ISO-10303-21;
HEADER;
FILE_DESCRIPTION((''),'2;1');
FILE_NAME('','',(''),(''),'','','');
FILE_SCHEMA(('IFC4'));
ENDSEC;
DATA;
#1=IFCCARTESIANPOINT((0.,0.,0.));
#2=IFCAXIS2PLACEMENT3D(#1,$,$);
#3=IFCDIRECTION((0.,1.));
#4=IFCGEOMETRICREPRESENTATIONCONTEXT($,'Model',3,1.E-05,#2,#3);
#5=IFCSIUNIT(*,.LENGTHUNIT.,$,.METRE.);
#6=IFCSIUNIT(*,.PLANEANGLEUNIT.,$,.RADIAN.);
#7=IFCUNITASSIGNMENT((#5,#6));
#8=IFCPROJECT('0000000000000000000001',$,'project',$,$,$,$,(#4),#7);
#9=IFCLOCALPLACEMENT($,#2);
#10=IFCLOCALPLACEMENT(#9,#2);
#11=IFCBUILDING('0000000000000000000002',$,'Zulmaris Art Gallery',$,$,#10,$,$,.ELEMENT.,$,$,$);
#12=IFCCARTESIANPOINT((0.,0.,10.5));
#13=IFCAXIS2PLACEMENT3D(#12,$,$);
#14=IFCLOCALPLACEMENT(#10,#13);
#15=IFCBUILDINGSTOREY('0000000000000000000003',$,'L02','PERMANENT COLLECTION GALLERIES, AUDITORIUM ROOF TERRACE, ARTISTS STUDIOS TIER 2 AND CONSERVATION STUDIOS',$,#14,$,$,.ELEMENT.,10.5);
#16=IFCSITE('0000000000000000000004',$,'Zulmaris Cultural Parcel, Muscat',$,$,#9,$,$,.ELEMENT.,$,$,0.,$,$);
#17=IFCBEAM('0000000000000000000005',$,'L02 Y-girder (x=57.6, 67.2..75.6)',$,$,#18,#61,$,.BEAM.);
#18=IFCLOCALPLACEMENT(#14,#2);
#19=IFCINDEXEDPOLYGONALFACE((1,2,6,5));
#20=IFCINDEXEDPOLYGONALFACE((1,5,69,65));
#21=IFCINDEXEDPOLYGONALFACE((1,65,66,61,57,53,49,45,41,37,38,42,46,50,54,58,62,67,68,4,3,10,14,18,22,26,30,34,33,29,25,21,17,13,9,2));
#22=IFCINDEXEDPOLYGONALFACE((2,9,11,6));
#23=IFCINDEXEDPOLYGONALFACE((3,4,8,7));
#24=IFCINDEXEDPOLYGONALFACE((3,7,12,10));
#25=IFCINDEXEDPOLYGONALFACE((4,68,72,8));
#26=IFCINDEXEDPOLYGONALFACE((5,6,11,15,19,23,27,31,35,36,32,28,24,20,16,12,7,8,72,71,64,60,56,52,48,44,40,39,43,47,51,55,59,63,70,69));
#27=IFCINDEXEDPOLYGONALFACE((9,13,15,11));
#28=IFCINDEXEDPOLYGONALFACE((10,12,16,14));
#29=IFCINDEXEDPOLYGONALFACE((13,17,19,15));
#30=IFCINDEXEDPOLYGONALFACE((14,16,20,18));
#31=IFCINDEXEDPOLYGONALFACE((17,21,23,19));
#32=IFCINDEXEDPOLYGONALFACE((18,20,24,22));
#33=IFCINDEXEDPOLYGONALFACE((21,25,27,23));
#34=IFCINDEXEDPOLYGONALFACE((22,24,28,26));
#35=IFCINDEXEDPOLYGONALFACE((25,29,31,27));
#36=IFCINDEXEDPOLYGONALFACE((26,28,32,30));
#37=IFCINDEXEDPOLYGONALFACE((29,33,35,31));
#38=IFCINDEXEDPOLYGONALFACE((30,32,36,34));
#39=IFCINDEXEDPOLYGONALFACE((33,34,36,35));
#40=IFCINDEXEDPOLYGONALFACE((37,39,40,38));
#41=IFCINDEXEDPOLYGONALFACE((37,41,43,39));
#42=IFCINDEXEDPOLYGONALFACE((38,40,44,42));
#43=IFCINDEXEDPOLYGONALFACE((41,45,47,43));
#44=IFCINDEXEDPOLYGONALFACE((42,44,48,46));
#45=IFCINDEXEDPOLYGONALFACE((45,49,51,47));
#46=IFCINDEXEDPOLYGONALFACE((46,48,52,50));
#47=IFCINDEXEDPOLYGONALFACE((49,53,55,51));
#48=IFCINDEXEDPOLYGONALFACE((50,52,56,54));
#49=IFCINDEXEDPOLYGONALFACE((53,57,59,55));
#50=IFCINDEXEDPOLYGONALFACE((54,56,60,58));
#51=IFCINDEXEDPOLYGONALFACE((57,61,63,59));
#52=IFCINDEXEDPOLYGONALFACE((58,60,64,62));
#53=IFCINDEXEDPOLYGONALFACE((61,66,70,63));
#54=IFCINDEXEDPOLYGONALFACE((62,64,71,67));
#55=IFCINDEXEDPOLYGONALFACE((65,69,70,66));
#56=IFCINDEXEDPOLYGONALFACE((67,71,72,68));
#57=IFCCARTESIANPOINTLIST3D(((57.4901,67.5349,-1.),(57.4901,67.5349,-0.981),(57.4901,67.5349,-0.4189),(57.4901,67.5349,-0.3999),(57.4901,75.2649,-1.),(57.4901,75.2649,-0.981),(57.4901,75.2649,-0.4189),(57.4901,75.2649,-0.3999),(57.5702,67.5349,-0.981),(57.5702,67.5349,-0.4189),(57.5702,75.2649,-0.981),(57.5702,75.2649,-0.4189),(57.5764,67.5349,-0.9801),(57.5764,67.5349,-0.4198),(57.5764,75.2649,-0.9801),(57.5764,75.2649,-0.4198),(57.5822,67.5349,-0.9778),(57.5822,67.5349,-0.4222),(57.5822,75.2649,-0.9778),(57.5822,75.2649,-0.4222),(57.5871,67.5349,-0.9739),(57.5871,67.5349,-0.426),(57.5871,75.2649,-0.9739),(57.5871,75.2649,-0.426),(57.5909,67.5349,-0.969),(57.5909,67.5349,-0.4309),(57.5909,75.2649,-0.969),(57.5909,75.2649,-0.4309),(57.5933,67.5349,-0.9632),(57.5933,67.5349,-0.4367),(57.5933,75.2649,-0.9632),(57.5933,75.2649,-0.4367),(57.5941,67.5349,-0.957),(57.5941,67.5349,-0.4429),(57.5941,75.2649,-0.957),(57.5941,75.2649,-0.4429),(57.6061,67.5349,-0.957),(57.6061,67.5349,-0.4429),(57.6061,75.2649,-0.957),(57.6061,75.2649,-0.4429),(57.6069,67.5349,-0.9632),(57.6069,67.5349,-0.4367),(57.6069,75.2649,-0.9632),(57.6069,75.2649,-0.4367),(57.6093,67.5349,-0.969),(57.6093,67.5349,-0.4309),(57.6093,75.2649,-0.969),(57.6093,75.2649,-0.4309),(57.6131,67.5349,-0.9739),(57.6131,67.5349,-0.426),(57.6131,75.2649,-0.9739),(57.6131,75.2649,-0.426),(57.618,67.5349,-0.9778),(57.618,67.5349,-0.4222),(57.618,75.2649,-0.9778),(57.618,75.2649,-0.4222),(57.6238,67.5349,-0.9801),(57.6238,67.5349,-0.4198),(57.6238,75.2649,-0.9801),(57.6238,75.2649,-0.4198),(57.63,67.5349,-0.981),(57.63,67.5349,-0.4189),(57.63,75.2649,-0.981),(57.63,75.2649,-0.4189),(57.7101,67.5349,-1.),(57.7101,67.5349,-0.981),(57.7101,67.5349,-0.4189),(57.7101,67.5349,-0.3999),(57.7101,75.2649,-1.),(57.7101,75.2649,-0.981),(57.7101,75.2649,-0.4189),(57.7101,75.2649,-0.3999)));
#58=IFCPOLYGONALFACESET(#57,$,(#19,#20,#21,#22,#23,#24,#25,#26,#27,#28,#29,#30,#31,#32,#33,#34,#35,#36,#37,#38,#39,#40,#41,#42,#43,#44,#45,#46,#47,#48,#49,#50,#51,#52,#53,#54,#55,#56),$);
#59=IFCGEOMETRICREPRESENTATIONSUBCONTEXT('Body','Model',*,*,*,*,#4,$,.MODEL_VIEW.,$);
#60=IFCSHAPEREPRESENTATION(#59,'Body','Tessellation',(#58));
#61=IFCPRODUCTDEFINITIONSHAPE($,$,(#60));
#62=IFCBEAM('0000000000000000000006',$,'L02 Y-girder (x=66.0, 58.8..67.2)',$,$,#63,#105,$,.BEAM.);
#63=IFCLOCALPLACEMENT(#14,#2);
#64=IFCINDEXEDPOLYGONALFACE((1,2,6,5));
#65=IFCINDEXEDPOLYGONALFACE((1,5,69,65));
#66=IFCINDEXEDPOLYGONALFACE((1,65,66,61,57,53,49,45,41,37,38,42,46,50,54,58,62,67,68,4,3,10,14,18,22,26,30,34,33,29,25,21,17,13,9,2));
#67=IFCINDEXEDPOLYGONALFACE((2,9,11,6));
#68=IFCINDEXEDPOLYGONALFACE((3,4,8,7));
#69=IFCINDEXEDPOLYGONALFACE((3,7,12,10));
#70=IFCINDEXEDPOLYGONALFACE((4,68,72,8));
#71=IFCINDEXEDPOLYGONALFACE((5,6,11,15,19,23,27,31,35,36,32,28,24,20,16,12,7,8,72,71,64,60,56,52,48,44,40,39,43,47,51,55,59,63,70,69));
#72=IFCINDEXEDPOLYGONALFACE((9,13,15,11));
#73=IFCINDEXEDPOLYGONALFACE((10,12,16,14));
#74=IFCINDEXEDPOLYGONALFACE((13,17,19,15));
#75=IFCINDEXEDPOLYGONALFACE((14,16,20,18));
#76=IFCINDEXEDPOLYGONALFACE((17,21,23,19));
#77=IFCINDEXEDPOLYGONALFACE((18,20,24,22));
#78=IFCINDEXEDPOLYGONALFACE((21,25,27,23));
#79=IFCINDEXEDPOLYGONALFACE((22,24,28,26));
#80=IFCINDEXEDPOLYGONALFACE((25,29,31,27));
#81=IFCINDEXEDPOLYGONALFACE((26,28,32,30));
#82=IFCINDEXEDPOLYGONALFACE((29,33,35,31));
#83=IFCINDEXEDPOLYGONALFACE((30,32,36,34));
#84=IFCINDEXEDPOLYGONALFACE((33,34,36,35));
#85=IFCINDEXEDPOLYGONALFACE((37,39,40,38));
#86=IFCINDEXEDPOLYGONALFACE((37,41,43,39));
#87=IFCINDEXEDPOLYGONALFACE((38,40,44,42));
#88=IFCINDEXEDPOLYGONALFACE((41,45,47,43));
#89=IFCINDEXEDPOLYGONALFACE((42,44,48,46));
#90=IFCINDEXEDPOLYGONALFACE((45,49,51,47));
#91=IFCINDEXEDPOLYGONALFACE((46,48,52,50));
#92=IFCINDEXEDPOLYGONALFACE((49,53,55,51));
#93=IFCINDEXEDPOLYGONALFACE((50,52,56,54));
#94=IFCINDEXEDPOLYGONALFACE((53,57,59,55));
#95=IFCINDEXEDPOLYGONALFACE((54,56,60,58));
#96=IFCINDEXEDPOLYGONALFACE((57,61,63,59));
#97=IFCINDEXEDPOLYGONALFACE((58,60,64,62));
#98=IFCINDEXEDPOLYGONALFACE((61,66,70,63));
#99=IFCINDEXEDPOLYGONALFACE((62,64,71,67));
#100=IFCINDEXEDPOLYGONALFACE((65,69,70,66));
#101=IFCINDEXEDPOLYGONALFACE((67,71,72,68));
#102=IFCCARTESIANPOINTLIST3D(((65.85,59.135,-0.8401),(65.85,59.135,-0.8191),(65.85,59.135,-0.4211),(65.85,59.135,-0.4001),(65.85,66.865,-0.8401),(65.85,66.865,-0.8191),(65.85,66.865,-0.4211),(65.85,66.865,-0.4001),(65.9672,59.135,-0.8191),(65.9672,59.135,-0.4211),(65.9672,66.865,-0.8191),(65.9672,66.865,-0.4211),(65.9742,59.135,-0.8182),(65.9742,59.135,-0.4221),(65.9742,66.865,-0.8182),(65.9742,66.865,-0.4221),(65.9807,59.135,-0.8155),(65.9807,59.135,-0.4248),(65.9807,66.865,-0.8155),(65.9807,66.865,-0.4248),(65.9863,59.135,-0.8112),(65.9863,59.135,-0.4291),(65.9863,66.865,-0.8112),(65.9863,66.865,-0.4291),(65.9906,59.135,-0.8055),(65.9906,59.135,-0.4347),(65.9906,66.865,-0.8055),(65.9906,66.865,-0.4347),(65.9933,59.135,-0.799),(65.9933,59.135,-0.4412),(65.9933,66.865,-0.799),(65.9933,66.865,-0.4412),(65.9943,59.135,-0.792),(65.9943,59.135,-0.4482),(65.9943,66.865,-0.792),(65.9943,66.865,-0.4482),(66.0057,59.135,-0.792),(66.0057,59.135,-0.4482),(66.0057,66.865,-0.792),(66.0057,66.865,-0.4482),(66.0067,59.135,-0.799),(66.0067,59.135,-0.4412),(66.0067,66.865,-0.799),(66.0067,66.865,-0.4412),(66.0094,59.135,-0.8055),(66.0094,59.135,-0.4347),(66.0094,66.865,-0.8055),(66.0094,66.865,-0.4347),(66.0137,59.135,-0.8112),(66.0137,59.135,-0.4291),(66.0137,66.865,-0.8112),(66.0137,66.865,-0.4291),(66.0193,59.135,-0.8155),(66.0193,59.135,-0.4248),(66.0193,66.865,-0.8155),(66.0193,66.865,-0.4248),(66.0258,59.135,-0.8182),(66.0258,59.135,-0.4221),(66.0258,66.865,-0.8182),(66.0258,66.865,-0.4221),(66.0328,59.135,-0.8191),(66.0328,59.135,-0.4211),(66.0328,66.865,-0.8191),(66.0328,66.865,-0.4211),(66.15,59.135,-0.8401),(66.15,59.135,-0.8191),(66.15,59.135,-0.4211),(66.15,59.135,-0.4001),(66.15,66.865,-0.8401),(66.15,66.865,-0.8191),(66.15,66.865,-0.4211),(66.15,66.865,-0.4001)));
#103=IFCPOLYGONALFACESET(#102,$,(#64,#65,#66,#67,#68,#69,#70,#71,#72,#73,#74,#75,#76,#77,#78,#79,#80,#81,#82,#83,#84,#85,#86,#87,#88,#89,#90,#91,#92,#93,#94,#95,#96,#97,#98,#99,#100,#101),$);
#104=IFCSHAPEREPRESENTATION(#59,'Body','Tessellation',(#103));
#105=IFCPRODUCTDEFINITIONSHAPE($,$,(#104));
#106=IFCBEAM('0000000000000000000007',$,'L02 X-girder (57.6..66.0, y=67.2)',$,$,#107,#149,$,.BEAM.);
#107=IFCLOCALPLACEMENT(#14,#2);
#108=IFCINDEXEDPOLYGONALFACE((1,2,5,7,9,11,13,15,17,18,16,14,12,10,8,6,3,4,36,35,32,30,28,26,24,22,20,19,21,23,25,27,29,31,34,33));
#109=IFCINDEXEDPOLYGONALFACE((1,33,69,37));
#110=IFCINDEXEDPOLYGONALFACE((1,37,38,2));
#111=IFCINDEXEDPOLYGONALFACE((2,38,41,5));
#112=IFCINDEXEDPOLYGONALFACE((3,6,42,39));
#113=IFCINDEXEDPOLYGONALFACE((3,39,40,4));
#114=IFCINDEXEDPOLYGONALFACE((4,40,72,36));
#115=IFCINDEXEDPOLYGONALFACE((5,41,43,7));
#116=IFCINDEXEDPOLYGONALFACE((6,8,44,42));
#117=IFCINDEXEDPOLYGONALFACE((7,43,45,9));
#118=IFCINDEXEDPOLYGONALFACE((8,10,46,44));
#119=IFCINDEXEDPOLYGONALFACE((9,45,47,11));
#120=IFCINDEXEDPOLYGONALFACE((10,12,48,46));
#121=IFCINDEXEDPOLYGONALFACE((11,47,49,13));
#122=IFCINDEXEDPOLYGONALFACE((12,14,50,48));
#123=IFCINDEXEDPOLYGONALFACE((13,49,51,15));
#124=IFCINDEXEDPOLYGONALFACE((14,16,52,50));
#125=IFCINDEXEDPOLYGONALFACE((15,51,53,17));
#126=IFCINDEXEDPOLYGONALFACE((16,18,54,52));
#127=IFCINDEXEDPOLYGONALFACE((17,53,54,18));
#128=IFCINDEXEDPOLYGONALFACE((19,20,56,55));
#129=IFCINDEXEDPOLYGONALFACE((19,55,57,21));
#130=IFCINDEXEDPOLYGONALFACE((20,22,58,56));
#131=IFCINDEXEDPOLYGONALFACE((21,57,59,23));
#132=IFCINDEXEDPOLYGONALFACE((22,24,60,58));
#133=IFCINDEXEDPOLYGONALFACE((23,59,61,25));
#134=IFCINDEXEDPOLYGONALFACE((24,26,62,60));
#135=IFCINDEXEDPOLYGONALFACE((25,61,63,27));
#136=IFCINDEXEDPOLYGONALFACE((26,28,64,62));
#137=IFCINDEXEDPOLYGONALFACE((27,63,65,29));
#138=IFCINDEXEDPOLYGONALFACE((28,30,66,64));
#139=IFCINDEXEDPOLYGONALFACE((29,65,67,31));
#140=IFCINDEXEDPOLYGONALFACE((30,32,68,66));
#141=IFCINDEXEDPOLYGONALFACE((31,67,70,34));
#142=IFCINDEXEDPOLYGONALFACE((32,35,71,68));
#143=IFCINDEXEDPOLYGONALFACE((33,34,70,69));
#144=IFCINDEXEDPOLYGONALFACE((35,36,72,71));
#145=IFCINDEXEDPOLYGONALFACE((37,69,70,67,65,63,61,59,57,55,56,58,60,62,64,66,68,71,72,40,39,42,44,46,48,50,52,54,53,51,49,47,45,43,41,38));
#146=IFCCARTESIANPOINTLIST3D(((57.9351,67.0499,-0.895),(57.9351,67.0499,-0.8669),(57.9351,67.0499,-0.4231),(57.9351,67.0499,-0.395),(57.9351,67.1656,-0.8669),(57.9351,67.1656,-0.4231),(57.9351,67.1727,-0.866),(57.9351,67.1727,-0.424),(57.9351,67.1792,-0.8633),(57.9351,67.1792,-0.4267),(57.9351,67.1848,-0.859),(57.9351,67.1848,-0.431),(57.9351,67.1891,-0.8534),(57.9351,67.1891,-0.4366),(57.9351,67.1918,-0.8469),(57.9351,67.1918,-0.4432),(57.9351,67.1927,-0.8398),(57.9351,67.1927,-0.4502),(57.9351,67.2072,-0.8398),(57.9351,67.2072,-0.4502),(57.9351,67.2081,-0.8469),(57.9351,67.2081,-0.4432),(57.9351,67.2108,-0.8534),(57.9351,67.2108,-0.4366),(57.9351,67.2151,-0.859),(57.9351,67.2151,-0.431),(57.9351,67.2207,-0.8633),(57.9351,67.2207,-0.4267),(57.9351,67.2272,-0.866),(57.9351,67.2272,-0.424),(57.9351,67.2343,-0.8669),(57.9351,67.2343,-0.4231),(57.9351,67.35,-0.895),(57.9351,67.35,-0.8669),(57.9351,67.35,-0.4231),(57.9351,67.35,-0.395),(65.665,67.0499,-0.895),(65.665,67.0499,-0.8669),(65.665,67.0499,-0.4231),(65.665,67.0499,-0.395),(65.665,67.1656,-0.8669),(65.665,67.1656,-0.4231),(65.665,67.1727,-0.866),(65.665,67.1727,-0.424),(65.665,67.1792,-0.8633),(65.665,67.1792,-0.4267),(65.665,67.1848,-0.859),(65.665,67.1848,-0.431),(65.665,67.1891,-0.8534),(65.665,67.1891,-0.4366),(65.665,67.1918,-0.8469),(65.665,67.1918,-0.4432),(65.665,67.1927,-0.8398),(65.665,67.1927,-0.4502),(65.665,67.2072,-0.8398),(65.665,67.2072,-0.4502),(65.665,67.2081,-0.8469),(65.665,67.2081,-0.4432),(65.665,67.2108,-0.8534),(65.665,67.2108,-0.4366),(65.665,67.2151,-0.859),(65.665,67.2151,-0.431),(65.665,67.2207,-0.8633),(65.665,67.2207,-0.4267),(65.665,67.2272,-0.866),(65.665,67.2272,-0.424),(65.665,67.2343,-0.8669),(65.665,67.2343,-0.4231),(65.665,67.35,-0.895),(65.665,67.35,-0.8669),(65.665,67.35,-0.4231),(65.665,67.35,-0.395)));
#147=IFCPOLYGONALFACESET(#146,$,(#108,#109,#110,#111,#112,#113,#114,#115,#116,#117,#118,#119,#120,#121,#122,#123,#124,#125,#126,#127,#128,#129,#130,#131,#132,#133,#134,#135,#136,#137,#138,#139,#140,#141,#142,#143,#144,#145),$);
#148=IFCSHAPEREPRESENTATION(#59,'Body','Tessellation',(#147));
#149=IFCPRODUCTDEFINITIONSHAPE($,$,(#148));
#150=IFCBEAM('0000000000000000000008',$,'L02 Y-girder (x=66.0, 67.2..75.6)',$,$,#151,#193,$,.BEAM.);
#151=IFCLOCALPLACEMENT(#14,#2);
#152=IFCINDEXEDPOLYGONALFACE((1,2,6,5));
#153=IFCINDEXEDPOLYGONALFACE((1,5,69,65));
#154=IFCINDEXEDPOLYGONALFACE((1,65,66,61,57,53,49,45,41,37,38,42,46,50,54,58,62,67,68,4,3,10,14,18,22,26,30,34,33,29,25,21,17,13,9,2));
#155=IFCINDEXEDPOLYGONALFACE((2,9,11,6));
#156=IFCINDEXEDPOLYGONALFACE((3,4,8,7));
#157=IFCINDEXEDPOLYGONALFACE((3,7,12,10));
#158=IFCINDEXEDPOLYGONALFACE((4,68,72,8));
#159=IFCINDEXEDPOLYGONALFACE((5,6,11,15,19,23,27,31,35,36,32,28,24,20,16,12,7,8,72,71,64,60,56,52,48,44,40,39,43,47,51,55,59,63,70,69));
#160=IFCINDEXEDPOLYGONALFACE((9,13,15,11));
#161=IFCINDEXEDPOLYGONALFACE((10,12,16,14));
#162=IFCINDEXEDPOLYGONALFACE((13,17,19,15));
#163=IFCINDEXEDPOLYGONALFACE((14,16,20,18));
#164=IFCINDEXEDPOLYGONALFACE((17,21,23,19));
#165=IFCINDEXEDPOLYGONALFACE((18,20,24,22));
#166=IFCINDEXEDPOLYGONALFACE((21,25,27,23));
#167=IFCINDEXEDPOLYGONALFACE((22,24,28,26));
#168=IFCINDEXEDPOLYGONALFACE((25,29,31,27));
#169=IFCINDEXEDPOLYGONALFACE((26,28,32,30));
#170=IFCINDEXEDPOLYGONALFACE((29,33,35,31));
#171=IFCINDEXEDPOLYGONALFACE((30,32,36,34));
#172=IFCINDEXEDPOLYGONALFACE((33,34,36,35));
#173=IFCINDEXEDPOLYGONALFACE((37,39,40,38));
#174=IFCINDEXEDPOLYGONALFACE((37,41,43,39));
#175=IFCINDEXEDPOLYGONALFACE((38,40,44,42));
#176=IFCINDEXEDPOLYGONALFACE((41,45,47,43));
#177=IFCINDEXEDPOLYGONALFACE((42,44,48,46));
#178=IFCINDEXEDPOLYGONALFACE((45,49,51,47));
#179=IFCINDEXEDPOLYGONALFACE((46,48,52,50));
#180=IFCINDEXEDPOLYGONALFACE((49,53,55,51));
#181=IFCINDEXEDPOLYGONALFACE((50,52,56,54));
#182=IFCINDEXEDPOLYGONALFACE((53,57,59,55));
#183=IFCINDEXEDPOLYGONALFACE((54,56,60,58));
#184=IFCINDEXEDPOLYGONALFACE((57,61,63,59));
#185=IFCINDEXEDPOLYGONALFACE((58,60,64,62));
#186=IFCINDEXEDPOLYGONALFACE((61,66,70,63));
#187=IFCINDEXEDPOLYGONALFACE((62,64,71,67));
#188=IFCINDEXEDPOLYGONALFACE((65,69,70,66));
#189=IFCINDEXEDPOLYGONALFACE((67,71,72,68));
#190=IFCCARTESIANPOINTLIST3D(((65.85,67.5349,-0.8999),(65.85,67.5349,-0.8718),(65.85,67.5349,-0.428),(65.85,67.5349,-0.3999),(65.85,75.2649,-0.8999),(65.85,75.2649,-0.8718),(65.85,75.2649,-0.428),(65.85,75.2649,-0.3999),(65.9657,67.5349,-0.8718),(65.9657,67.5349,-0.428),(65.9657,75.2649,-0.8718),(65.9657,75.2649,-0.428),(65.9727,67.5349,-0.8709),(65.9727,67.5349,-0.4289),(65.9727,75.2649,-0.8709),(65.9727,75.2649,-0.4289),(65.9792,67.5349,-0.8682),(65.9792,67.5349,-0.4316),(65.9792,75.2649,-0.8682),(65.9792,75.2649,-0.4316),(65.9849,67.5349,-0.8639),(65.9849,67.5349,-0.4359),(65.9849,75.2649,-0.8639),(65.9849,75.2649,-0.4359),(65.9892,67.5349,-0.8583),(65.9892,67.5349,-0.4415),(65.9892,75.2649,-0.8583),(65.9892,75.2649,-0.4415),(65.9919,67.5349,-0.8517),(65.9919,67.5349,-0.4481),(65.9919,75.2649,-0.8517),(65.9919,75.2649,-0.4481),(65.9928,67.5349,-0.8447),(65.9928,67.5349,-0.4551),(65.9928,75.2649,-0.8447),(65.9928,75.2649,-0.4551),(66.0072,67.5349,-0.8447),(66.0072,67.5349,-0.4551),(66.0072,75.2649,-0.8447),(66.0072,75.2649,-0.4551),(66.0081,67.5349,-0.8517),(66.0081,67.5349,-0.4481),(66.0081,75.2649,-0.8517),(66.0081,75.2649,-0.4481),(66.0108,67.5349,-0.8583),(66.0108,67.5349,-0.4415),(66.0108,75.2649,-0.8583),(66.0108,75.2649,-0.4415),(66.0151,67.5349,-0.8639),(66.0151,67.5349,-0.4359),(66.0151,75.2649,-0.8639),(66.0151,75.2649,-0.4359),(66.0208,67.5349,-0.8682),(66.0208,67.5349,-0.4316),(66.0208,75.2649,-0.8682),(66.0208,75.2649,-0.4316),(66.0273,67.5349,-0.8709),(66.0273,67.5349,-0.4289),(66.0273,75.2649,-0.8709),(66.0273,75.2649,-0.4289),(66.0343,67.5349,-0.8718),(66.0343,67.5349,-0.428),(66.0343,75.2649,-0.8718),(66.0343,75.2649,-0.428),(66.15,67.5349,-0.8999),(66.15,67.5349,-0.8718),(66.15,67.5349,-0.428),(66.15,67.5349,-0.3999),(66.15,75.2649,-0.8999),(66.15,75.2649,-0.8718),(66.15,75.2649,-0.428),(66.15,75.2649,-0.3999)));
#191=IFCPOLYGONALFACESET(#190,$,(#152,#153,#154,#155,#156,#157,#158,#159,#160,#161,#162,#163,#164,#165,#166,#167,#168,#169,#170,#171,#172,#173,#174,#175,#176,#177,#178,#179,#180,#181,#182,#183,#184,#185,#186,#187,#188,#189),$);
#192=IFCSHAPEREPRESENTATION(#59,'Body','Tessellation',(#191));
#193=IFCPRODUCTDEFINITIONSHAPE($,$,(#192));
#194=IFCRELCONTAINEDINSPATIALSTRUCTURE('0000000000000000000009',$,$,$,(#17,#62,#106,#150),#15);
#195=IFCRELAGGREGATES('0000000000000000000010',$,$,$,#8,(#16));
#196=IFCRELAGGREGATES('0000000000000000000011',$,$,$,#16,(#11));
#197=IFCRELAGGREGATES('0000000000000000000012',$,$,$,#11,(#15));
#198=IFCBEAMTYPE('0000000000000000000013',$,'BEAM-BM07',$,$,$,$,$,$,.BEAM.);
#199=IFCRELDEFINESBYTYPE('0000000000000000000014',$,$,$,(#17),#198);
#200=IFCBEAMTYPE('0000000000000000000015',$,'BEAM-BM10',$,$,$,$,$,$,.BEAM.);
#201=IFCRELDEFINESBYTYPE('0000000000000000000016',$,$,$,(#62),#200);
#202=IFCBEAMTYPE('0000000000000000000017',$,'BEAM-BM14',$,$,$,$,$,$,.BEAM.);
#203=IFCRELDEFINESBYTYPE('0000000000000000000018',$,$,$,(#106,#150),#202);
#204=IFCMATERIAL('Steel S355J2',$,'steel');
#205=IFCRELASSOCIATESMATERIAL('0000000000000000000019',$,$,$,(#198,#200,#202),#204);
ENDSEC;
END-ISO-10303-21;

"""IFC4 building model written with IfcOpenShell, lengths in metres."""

from ifc_helpers import new_model, si_unit, direction, frame, origin, origin_2d, place, context, subcontext, project, spatial, i_section, extrude, material, material_profile, profile_set, type_object, element, save


model = new_model("IFC4")

# Units and contexts
model_context = context("Model", 3, precision=1e-05, world=origin(), true_north=direction((0.0, 1.0)))
body_context = subcontext(model_context, "Body", "Model", "MODEL_VIEW")
ifc_project = project(units=[si_unit("LENGTHUNIT", "METRE"), si_unit("PLANEANGLEUNIT", "RADIAN")], contexts=[model_context])

# Site, building, storey
site_placement = place(None, origin())
site = spatial("IfcSite", under=ifc_project, at=site_placement, Name="Zulmaris Cultural Parcel, Muscat", CompositionType="ELEMENT", RefElevation=0.0)
building_placement = place(site_placement, origin())
building = spatial("IfcBuilding", under=site, at=building_placement, Name="Zulmaris Art Gallery", CompositionType="ELEMENT")
storey_placement = place(building_placement, frame((0.0, 0.0, 10.5)))
storey = spatial("IfcBuildingStorey", under=building, at=storey_placement, Name="L02", Description="PERMANENT COLLECTION GALLERIES, AUDITORIUM ROOF TERRACE, ARTISTS STUDIOS TIER 2 AND CONSERVATION STUDIOS", CompositionType="ELEMENT", Elevation=10.5)

# Beams
ifc_material_1 = material(Name="Steel S355J2", Category="steel")
ifc_material_profile_1 = material_profile(ifc_material_1, i_section(OverallWidth=0.22, OverallDepth=0.6001, WebThickness=0.012, FlangeThickness=0.019, FilletRadius=0.0239, at=origin_2d()), Name="IPE 600")
ifc_profile_set_1 = profile_set([ifc_material_profile_1], Name="Steel S355J2")
beam_type_1 = type_object("IfcBeamType", Name="BEAM-BM07", PredefinedType="BEAM", material=ifc_profile_set_1)
beam_1_placement = place(storey_placement, frame((57.6001, 67.5349, -0.7), z_axis=(0.0, 1.0, 0.0), x_axis=(-1.0, 0.0, 0.0)))
element("IfcBeam", 1, at=beam_1_placement, inside=storey, type_object=beam_type_1, Name="L02 Y-girder (x=57.6, 67.2..75.6)", PredefinedType="BEAM", context=body_context, shape_type="SweptSolid", body=[
    extrude(i_section(OverallWidth=0.22, OverallDepth=0.6001, WebThickness=0.012, FlangeThickness=0.019, FilletRadius=0.0239, at=origin_2d()), origin(), (0.0, 0.0, 1.0), 7.73),
])
ifc_material_profile_2 = material_profile(ifc_material_1, i_section(OverallWidth=0.3, OverallDepth=0.4399, WebThickness=0.0115, FlangeThickness=0.021, FilletRadius=0.0271, at=origin_2d()), Name="HEA 450")
ifc_profile_set_2 = profile_set([ifc_material_profile_2], Name="Steel S355J2")
beam_type_2 = type_object("IfcBeamType", Name="BEAM-BM10", PredefinedType="BEAM", material=ifc_profile_set_2)
beam_2_placement = place(storey_placement, frame((66.0, 59.135, -0.6201), z_axis=(0.0, 1.0, 0.0), x_axis=(-1.0, 0.0, 0.0)))
element("IfcBeam", 2, at=beam_2_placement, inside=storey, type_object=beam_type_2, Name="L02 Y-girder (x=66.0, 58.8..67.2)", PredefinedType="BEAM", context=body_context, shape_type="SweptSolid", body=[
    extrude(i_section(OverallWidth=0.3, OverallDepth=0.4399, WebThickness=0.0115, FlangeThickness=0.021, FilletRadius=0.0271, at=origin_2d()), origin(), (0.0, 0.0, 1.0), 7.73),
])
ifc_material_profile_3 = material_profile(ifc_material_1, i_section(OverallWidth=0.3, OverallDepth=0.5, WebThickness=0.0144, FlangeThickness=0.0281, FilletRadius=0.0271, at=origin_2d()), Name="HEB 500")
ifc_profile_set_3 = profile_set([ifc_material_profile_3], Name="Steel S355J2")
beam_type_3 = type_object("IfcBeamType", Name="BEAM-BM14", PredefinedType="BEAM", material=ifc_profile_set_3)
for number, where, z_axis, x_axis, name in (
    (3, (57.9351, 67.2, -0.645), (1.0, 0.0, 0.0), (0.0, 1.0, 0.0), "L02 X-girder (57.6..66.0, y=67.2)"),
    (4, (66.0, 67.5349, -0.6499), (0.0, 1.0, 0.0), (-1.0, 0.0, 0.0), "L02 Y-girder (x=66.0, 67.2..75.6)"),
):
    element("IfcBeam", number, at=place(storey_placement, frame(where, z_axis=z_axis, x_axis=x_axis)), inside=storey, type_object=beam_type_3, Name=name, PredefinedType="BEAM", context=body_context, shape_type="SweptSolid", body=[
        extrude(i_section(OverallWidth=0.3, OverallDepth=0.5, WebThickness=0.0144, FlangeThickness=0.0281, FilletRadius=0.0271, at=origin_2d()), origin(), (0.0, 0.0, 1.0), 7.73),
    ])

save(model, "model.ifc")
